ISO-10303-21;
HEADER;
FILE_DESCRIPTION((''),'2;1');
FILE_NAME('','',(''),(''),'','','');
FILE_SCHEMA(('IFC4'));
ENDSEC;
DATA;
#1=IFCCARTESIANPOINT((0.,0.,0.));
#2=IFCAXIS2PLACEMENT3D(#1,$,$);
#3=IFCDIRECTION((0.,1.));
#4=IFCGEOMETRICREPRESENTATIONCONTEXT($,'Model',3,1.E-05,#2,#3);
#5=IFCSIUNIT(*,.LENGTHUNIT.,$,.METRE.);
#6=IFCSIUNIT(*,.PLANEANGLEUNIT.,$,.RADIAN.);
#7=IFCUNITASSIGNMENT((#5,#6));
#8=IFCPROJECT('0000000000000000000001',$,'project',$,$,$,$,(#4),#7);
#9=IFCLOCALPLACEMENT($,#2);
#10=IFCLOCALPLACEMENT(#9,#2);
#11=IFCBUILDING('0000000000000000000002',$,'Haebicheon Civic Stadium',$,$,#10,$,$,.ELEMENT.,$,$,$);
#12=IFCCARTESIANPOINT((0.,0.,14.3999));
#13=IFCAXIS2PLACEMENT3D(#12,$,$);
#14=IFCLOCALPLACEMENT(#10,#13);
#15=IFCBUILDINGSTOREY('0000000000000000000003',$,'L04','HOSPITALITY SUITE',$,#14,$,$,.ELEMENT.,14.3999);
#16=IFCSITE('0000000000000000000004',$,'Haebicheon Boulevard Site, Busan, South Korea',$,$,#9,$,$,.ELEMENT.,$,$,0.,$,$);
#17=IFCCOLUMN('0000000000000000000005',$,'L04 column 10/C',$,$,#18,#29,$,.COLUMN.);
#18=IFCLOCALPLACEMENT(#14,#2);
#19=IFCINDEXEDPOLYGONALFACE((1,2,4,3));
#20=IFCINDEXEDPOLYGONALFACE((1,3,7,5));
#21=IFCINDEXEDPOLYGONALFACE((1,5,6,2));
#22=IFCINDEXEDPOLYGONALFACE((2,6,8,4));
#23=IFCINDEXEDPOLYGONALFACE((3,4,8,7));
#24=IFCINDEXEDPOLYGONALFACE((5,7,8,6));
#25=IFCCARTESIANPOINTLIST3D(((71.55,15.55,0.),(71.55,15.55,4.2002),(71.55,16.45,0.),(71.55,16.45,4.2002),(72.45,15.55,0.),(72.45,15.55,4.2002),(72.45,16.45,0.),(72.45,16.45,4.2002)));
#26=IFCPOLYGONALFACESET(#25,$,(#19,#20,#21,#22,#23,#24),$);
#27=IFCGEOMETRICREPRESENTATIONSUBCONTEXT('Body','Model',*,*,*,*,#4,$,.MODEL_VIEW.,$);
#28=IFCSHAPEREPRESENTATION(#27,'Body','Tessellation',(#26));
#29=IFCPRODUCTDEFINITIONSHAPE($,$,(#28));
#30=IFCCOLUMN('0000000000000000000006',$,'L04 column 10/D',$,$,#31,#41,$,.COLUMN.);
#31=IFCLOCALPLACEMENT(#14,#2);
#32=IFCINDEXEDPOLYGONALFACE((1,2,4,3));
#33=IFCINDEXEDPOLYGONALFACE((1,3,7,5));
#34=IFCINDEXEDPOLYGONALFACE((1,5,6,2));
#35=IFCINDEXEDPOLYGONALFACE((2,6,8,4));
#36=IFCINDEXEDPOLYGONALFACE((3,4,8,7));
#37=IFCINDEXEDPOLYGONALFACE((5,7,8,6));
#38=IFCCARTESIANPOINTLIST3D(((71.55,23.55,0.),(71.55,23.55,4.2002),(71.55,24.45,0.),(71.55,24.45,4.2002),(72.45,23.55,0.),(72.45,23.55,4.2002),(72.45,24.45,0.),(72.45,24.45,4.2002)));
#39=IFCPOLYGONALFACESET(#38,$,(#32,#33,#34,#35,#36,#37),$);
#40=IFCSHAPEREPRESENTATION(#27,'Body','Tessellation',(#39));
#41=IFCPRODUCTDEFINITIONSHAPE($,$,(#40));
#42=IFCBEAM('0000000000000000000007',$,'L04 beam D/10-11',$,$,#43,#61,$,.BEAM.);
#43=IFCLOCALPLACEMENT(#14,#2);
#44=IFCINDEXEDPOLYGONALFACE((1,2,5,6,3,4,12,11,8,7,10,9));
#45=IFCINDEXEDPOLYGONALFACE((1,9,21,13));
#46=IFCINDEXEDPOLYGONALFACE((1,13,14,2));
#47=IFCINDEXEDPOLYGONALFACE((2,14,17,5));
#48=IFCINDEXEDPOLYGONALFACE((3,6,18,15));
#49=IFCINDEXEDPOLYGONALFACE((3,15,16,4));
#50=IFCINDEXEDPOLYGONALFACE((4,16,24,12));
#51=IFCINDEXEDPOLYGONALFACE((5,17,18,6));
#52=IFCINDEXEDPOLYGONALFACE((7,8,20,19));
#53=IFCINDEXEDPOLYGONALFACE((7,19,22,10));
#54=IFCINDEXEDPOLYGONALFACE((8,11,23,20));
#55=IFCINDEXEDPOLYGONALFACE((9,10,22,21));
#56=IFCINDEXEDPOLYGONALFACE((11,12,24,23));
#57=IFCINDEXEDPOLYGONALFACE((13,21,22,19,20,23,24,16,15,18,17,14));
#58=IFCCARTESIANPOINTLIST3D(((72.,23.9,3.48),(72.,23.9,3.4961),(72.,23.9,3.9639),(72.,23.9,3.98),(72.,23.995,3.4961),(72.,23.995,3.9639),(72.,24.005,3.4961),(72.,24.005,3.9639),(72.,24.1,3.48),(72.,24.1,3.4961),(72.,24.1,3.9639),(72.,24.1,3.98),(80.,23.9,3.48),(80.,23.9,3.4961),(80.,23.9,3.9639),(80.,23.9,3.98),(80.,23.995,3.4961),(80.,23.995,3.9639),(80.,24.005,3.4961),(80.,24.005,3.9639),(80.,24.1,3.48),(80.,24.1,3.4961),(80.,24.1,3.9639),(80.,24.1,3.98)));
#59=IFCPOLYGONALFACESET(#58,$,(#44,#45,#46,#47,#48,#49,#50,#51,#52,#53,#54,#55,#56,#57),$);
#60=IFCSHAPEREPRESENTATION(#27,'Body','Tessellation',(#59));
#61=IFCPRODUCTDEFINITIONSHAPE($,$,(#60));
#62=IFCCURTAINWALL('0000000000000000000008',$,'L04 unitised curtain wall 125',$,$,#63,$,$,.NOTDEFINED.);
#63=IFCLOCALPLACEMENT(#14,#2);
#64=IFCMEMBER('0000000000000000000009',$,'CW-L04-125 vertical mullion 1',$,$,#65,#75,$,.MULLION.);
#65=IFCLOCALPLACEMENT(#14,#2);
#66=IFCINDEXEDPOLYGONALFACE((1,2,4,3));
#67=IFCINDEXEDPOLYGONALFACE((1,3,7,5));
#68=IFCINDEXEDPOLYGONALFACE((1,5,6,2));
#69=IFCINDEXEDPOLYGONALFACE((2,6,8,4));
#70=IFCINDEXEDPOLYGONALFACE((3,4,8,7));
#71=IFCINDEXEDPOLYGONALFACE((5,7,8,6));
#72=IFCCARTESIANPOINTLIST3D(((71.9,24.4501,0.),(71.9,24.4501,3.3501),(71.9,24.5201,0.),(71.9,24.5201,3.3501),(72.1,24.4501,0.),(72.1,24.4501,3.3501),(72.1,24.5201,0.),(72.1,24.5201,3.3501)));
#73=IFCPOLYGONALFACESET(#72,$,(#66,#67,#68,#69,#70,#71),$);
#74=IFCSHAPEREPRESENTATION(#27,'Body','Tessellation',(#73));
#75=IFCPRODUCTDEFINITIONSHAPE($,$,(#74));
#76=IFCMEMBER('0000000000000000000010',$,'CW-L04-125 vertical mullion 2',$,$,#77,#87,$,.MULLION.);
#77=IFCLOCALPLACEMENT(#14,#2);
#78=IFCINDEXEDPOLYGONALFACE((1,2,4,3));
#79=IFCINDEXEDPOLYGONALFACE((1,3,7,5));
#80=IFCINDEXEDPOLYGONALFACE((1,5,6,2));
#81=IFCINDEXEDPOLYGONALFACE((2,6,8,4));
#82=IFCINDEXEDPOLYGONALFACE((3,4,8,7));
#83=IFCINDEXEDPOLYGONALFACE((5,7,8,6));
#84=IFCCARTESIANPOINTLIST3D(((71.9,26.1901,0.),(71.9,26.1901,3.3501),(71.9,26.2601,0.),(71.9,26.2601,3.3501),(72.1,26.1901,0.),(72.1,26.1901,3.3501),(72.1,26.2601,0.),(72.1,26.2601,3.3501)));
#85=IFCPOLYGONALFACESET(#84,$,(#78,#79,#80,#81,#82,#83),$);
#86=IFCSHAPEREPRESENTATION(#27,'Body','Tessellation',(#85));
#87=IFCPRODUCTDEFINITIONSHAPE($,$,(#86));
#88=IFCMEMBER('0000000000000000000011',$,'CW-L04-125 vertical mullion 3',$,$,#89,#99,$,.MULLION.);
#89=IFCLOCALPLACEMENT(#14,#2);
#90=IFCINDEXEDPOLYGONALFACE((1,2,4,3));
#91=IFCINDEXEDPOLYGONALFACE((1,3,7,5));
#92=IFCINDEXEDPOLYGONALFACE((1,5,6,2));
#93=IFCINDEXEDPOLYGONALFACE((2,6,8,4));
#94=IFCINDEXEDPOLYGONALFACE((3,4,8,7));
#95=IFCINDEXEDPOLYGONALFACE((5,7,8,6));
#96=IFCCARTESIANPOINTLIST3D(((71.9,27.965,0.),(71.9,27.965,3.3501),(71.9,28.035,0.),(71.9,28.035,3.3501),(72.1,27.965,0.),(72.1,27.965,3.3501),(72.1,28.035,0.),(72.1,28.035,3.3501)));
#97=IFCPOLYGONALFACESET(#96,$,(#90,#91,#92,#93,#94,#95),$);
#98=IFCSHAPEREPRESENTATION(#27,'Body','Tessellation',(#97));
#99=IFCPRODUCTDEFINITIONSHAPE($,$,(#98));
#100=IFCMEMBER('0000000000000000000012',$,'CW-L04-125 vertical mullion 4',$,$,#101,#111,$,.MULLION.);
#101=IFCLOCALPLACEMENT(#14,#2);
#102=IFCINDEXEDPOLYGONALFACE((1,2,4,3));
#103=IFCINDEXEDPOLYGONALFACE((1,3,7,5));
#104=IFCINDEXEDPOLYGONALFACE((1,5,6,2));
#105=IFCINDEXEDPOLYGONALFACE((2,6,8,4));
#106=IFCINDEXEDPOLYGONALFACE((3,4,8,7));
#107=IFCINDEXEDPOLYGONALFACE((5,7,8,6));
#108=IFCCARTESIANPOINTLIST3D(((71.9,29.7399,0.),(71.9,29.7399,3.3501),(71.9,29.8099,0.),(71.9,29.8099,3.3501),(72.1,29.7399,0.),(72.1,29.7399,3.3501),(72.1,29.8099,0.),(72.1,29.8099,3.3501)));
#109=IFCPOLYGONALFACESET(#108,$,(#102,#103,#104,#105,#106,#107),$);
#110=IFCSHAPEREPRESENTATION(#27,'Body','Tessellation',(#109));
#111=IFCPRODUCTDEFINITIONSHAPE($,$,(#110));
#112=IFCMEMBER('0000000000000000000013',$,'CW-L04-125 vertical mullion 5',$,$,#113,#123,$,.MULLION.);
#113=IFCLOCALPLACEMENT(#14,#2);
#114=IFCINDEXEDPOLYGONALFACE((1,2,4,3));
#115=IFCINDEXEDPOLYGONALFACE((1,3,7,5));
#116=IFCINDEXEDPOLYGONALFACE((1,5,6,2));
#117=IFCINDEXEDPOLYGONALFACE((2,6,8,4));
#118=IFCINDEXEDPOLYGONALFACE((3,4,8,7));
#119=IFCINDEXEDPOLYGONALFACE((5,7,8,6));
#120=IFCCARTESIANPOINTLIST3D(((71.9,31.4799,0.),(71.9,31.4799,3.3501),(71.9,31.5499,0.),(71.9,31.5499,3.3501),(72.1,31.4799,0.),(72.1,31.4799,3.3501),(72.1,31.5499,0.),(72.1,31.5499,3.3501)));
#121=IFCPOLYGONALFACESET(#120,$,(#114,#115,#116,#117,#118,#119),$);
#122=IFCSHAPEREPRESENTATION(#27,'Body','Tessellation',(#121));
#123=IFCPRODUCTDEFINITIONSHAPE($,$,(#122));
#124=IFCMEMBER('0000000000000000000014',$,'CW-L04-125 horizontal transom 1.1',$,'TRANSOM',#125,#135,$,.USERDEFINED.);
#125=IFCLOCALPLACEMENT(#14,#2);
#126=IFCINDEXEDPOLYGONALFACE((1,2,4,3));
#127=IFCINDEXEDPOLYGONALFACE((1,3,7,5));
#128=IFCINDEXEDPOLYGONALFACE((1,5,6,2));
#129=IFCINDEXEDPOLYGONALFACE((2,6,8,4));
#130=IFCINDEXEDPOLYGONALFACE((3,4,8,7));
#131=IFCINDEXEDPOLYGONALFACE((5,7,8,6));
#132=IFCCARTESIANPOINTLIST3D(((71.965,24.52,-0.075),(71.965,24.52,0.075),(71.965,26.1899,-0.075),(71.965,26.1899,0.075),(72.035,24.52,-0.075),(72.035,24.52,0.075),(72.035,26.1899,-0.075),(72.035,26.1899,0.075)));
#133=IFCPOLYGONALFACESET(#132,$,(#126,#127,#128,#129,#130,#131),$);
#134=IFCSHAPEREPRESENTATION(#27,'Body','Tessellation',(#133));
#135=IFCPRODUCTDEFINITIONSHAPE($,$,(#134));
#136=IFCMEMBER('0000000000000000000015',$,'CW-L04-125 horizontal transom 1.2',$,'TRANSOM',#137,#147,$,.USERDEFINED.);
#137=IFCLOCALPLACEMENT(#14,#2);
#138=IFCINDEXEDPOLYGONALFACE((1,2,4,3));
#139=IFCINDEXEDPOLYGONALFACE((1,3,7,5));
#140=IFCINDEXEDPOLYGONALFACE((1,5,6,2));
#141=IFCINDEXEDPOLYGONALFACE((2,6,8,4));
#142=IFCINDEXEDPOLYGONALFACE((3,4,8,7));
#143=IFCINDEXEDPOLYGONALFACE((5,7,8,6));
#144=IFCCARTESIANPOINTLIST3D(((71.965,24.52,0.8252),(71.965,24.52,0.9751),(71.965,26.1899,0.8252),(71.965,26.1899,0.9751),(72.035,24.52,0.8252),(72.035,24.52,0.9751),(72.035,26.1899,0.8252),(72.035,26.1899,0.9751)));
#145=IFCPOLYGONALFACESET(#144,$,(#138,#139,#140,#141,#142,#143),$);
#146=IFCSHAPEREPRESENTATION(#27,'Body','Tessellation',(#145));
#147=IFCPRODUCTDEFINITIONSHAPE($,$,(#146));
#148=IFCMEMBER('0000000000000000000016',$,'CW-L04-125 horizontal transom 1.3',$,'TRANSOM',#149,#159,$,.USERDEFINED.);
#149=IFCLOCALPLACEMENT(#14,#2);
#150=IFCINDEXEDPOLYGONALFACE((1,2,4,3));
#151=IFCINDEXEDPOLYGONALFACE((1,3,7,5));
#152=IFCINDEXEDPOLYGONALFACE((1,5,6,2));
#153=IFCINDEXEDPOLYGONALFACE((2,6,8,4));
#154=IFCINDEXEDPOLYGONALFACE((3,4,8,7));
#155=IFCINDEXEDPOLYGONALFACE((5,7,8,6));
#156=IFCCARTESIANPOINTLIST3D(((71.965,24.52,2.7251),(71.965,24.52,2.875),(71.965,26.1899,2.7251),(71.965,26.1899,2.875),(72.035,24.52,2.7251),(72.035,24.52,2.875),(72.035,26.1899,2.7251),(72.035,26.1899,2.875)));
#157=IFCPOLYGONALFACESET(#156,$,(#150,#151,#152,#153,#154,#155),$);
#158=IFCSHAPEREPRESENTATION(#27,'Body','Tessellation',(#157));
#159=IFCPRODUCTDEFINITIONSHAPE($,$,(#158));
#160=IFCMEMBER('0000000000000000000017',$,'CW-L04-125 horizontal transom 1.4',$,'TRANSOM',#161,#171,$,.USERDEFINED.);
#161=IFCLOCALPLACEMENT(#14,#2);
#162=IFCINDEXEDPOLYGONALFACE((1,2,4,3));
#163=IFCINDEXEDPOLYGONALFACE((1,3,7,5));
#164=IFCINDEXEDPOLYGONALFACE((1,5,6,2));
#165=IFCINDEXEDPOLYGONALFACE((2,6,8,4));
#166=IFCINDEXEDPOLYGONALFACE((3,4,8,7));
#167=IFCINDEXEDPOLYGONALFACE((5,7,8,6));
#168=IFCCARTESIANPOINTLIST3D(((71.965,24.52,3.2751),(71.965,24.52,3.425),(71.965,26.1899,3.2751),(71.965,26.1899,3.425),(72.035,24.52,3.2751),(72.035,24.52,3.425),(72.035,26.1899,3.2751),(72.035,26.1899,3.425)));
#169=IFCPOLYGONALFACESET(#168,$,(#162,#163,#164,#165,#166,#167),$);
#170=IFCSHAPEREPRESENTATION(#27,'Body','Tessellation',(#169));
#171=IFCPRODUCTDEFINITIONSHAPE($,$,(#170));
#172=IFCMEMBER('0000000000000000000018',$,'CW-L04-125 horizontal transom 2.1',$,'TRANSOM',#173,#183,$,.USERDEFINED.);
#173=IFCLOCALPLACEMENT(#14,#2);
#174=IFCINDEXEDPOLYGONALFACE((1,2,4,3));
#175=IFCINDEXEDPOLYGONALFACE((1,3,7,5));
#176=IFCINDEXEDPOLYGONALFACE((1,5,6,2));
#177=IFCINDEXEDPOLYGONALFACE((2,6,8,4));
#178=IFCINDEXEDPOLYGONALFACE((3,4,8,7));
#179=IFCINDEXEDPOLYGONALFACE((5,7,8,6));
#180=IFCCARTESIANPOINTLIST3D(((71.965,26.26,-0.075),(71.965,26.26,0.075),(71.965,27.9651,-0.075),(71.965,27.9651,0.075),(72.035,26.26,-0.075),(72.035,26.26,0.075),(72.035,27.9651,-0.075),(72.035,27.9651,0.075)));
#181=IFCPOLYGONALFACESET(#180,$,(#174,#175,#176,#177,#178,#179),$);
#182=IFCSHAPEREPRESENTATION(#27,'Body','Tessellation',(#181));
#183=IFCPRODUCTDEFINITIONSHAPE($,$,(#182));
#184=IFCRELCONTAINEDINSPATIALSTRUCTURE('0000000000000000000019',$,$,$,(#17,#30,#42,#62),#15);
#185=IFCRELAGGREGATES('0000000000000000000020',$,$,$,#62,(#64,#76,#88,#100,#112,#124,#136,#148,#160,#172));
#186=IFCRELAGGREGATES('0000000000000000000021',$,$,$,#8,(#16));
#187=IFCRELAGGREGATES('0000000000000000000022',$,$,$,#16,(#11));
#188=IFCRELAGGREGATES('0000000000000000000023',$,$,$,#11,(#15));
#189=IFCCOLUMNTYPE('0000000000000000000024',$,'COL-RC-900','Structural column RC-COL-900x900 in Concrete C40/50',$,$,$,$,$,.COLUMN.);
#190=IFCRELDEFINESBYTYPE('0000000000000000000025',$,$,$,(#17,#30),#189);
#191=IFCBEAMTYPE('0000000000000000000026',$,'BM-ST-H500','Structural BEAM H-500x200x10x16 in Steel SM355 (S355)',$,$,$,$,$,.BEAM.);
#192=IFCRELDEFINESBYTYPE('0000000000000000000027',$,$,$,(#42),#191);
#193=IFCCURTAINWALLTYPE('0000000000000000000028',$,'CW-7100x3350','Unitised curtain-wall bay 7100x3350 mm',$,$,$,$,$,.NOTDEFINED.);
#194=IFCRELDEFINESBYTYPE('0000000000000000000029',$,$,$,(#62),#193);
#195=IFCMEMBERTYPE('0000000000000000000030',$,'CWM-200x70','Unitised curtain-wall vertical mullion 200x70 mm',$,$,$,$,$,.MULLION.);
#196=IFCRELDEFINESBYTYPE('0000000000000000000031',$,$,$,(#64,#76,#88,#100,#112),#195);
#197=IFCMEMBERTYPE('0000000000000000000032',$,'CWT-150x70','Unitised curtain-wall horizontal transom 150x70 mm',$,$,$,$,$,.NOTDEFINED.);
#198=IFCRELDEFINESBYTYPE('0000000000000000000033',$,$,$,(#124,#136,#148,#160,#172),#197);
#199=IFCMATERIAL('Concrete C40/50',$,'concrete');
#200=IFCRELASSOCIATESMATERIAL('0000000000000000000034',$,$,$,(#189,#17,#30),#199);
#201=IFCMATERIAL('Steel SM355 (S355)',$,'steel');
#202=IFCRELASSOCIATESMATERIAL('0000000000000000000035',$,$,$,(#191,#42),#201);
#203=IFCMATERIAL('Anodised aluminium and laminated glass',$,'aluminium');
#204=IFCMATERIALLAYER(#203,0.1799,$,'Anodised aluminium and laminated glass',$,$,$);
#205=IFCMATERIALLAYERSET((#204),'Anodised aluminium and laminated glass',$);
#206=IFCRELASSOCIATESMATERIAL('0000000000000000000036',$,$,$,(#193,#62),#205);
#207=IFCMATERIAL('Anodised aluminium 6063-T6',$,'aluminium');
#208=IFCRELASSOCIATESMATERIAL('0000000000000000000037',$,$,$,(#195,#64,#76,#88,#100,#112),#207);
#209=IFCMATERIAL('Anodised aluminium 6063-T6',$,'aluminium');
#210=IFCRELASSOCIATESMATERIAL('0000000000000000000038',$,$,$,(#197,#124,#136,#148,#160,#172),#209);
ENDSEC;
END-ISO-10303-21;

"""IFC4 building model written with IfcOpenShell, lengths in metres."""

from ifc_helpers import new_model, si_unit, direction, frame, origin, origin_2d, place, context, subcontext, project, spatial, rectangle, i_section, extrude, material, layer, layer_set, material_profile, profile_set, type_object, element, aggregate, save


model = new_model("IFC4")

# Units and contexts
model_context = context("Model", 3, precision=1e-05, world=origin(), true_north=direction((0.0, 1.0)))
body_context = subcontext(model_context, "Body", "Model", "MODEL_VIEW")
ifc_project = project(units=[si_unit("LENGTHUNIT", "METRE"), si_unit("PLANEANGLEUNIT", "RADIAN")], contexts=[model_context])

# Site, building, storey
site_placement = place(None, origin())
site = spatial("IfcSite", under=ifc_project, at=site_placement, Name="Haebicheon Boulevard Site, Busan, South Korea", CompositionType="ELEMENT", RefElevation=0.0)
building_placement = place(site_placement, origin())
building = spatial("IfcBuilding", under=site, at=building_placement, Name="Haebicheon Civic Stadium", CompositionType="ELEMENT")
storey_placement = place(building_placement, frame((0.0, 0.0, 14.3999)))
storey = spatial("IfcBuildingStorey", under=building, at=storey_placement, Name="L04", Description="HOSPITALITY SUITE", CompositionType="ELEMENT", Elevation=14.3999)

# Columns
ifc_material_1 = material(Name="Concrete C40/50", Category="concrete")
ifc_material_profile_1 = material_profile(ifc_material_1, rectangle(XDim=0.8999, YDim=0.8999, at=origin_2d()), Name="RC-COL-900x900")
ifc_profile_set_1 = profile_set([ifc_material_profile_1], Name="Concrete C40/50")
column_type = type_object("IfcColumnType", Name="COL-RC-900", Description="Structural column RC-COL-900x900 in Concrete C40/50", PredefinedType="COLUMN", material=ifc_profile_set_1)
for number, where, z_axis, x_axis, name in (
    (1, (72.0, 16.0, 0.0), (0.0, 0.0, 1.0), (1.0, 0.0, 0.0), "L04 column 10/C"),
    (2, (72.0, 24.0, 0.0), (0.0, 0.0, 1.0), (1.0, 0.0, 0.0), "L04 column 10/D"),
):
    element("IfcColumn", number, at=place(storey_placement, frame(where, z_axis=z_axis, x_axis=x_axis)), inside=storey, type_object=column_type, material=ifc_profile_set_1, Name=name, PredefinedType="COLUMN", context=body_context, shape_type="SweptSolid", body=[
        extrude(rectangle(XDim=0.8999, YDim=0.8999, at=origin_2d()), origin(), (0.0, 0.0, 1.0), 4.2002),
    ])

# Beam
ifc_material_2 = material(Name="Steel SM355 (S355)", Category="steel")
ifc_material_profile_2 = material_profile(ifc_material_2, i_section(OverallWidth=0.2, OverallDepth=0.5, WebThickness=0.01, FlangeThickness=0.0161, at=origin_2d()), Name="H-500x200x10x16")
ifc_profile_set_2 = profile_set([ifc_material_profile_2], Name="Steel SM355 (S355)")
beam_type_1 = type_object("IfcBeamType", Name="BM-ST-H500", Description="Structural BEAM H-500x200x10x16 in Steel SM355 (S355)", PredefinedType="BEAM", material=ifc_profile_set_2)
beam_placement = place(storey_placement, frame((72.0, 24.0, 3.73), z_axis=(1.0, 0.0, 0.0), x_axis=(0.0, 1.0, 0.0)))
element("IfcBeam", 3, at=beam_placement, inside=storey, type_object=beam_type_1, material=ifc_profile_set_2, Name="L04 beam D/10-11", PredefinedType="BEAM", context=body_context, shape_type="SweptSolid", body=[
    extrude(i_section(OverallWidth=0.2, OverallDepth=0.5, WebThickness=0.01, FlangeThickness=0.0161, at=origin_2d()), origin(), (0.0, 0.0, 1.0), 8.0),
])

# Curtain wall, members
ifc_material_3 = material(Name="Anodised aluminium and laminated glass", Category="aluminium")
ifc_layer_1 = layer(ifc_material_3, 0.1799, Name="Anodised aluminium and laminated glass")
ifc_layer_set_1 = layer_set([ifc_layer_1], Name="Anodised aluminium and laminated glass")
curtain_wall_type = type_object("IfcCurtainWallType", Name="CW-7100x3350", Description="Unitised curtain-wall bay 7100x3350 mm", PredefinedType="NOTDEFINED", material=ifc_layer_set_1)
curtain_wall_placement = place(storey_placement, origin())
curtain_wall = element("IfcCurtainWall", 4, at=curtain_wall_placement, inside=storey, type_object=curtain_wall_type, material=ifc_layer_set_1, Name="L04 unitised curtain wall 125", PredefinedType="NOTDEFINED")
ifc_material_4 = material(Name="Anodised aluminium 6063-T6", Category="aluminium")
ifc_material_profile_3 = material_profile(ifc_material_4, rectangle(XDim=0.0701, YDim=0.2, at=origin_2d()), Name="ALU-MULL-70x200")
ifc_profile_set_3 = profile_set([ifc_material_profile_3], Name="Anodised aluminium 6063-T6")
member_type_1 = type_object("IfcMemberType", Name="CWM-200x70", Description="Unitised curtain-wall vertical mullion 200x70 mm", PredefinedType="MULLION", material=ifc_profile_set_3)
member_1_placement = place(storey_placement, frame((72.0, 24.4851, 0.0), z_axis=(0.0, 0.0, 1.0), x_axis=(0.0, 1.0, 0.0)))
member_1 = element("IfcMember", 5, at=member_1_placement, type_object=member_type_1, material=ifc_profile_set_3, Name="CW-L04-125 vertical mullion 1", PredefinedType="MULLION", context=body_context, shape_type="SweptSolid", body=[
    extrude(rectangle(XDim=0.0701, YDim=0.2, at=origin_2d()), origin(), (0.0, 0.0, 1.0), 3.3501),
])
member_2_placement = place(storey_placement, frame((72.0, 26.2251, 0.0), z_axis=(0.0, 0.0, 1.0), x_axis=(0.0, 1.0, 0.0)))
member_2 = element("IfcMember", 6, at=member_2_placement, type_object=member_type_1, material=ifc_profile_set_3, Name="CW-L04-125 vertical mullion 2", PredefinedType="MULLION", context=body_context, shape_type="SweptSolid", body=[
    extrude(rectangle(XDim=0.0701, YDim=0.2, at=origin_2d()), origin(), (0.0, 0.0, 1.0), 3.3501),
])
member_3_placement = place(storey_placement, frame((72.0, 28.0, 0.0), z_axis=(0.0, 0.0, 1.0), x_axis=(0.0, 1.0, 0.0)))
member_3 = element("IfcMember", 7, at=member_3_placement, type_object=member_type_1, material=ifc_profile_set_3, Name="CW-L04-125 vertical mullion 3", PredefinedType="MULLION", context=body_context, shape_type="SweptSolid", body=[
    extrude(rectangle(XDim=0.0701, YDim=0.2, at=origin_2d()), origin(), (0.0, 0.0, 1.0), 3.3501),
])
member_4_placement = place(storey_placement, frame((72.0, 29.7749, 0.0), z_axis=(0.0, 0.0, 1.0), x_axis=(0.0, 1.0, 0.0)))
member_4 = element("IfcMember", 8, at=member_4_placement, type_object=member_type_1, material=ifc_profile_set_3, Name="CW-L04-125 vertical mullion 4", PredefinedType="MULLION", context=body_context, shape_type="SweptSolid", body=[
    extrude(rectangle(XDim=0.0701, YDim=0.2, at=origin_2d()), origin(), (0.0, 0.0, 1.0), 3.3501),
])
member_5_placement = place(storey_placement, frame((72.0, 31.5149, 0.0), z_axis=(0.0, 0.0, 1.0), x_axis=(0.0, 1.0, 0.0)))
member_5 = element("IfcMember", 9, at=member_5_placement, type_object=member_type_1, material=ifc_profile_set_3, Name="CW-L04-125 vertical mullion 5", PredefinedType="MULLION", context=body_context, shape_type="SweptSolid", body=[
    extrude(rectangle(XDim=0.0701, YDim=0.2, at=origin_2d()), origin(), (0.0, 0.0, 1.0), 3.3501),
])
ifc_material_5 = material(Name="Anodised aluminium 6063-T6", Category="aluminium")
ifc_material_profile_4 = material_profile(ifc_material_5, rectangle(XDim=0.0701, YDim=0.1499, at=origin_2d()), Name="ALU-TRAN-70x150")
ifc_profile_set_4 = profile_set([ifc_material_profile_4], Name="Anodised aluminium 6063-T6")
member_type_2 = type_object("IfcMemberType", Name="CWT-150x70", Description="Unitised curtain-wall horizontal transom 150x70 mm", PredefinedType="NOTDEFINED", material=ifc_profile_set_4)
member_6_placement = place(storey_placement, frame((72.0, 24.52, 0.0), z_axis=(0.0, 1.0, 0.0), x_axis=(-1.0, 0.0, 0.0)))
member_6 = element("IfcMember", 10, at=member_6_placement, type_object=member_type_2, material=ifc_profile_set_4, Name="CW-L04-125 horizontal transom 1.1", ObjectType="TRANSOM", PredefinedType="USERDEFINED", context=body_context, shape_type="SweptSolid", body=[
    extrude(rectangle(XDim=0.0701, YDim=0.1499, at=origin_2d()), origin(), (0.0, 0.0, 1.0), 1.6699),
])
member_7_placement = place(storey_placement, frame((72.0, 24.52, 0.9001), z_axis=(0.0, 1.0, 0.0), x_axis=(-1.0, 0.0, 0.0)))
member_7 = element("IfcMember", 11, at=member_7_placement, type_object=member_type_2, material=ifc_profile_set_4, Name="CW-L04-125 horizontal transom 1.2", ObjectType="TRANSOM", PredefinedType="USERDEFINED", context=body_context, shape_type="SweptSolid", body=[
    extrude(rectangle(XDim=0.0701, YDim=0.1499, at=origin_2d()), origin(), (0.0, 0.0, 1.0), 1.6699),
])
member_8_placement = place(storey_placement, frame((72.0, 24.52, 2.8), z_axis=(0.0, 1.0, 0.0), x_axis=(-1.0, 0.0, 0.0)))
member_8 = element("IfcMember", 12, at=member_8_placement, type_object=member_type_2, material=ifc_profile_set_4, Name="CW-L04-125 horizontal transom 1.3", ObjectType="TRANSOM", PredefinedType="USERDEFINED", context=body_context, shape_type="SweptSolid", body=[
    extrude(rectangle(XDim=0.0701, YDim=0.1499, at=origin_2d()), origin(), (0.0, 0.0, 1.0), 1.6699),
])
member_9_placement = place(storey_placement, frame((72.0, 24.52, 3.3501), z_axis=(0.0, 1.0, 0.0), x_axis=(-1.0, 0.0, 0.0)))
member_9 = element("IfcMember", 13, at=member_9_placement, type_object=member_type_2, material=ifc_profile_set_4, Name="CW-L04-125 horizontal transom 1.4", ObjectType="TRANSOM", PredefinedType="USERDEFINED", context=body_context, shape_type="SweptSolid", body=[
    extrude(rectangle(XDim=0.0701, YDim=0.1499, at=origin_2d()), origin(), (0.0, 0.0, 1.0), 1.6699),
])
member_10_placement = place(storey_placement, frame((72.0, 26.26, 0.0), z_axis=(0.0, 1.0, 0.0), x_axis=(-1.0, 0.0, 0.0)))
member_10 = element("IfcMember", 14, at=member_10_placement, type_object=member_type_2, material=ifc_profile_set_4, Name="CW-L04-125 horizontal transom 2.1", ObjectType="TRANSOM", PredefinedType="USERDEFINED", context=body_context, shape_type="SweptSolid", body=[
    extrude(rectangle(XDim=0.0701, YDim=0.1499, at=origin_2d()), origin(), (0.0, 0.0, 1.0), 1.7051),
])

aggregate(curtain_wall, [member_1, member_2, member_3, member_4, member_5, member_6, member_7, member_8, member_9, member_10])

save(model, "model.ifc")
